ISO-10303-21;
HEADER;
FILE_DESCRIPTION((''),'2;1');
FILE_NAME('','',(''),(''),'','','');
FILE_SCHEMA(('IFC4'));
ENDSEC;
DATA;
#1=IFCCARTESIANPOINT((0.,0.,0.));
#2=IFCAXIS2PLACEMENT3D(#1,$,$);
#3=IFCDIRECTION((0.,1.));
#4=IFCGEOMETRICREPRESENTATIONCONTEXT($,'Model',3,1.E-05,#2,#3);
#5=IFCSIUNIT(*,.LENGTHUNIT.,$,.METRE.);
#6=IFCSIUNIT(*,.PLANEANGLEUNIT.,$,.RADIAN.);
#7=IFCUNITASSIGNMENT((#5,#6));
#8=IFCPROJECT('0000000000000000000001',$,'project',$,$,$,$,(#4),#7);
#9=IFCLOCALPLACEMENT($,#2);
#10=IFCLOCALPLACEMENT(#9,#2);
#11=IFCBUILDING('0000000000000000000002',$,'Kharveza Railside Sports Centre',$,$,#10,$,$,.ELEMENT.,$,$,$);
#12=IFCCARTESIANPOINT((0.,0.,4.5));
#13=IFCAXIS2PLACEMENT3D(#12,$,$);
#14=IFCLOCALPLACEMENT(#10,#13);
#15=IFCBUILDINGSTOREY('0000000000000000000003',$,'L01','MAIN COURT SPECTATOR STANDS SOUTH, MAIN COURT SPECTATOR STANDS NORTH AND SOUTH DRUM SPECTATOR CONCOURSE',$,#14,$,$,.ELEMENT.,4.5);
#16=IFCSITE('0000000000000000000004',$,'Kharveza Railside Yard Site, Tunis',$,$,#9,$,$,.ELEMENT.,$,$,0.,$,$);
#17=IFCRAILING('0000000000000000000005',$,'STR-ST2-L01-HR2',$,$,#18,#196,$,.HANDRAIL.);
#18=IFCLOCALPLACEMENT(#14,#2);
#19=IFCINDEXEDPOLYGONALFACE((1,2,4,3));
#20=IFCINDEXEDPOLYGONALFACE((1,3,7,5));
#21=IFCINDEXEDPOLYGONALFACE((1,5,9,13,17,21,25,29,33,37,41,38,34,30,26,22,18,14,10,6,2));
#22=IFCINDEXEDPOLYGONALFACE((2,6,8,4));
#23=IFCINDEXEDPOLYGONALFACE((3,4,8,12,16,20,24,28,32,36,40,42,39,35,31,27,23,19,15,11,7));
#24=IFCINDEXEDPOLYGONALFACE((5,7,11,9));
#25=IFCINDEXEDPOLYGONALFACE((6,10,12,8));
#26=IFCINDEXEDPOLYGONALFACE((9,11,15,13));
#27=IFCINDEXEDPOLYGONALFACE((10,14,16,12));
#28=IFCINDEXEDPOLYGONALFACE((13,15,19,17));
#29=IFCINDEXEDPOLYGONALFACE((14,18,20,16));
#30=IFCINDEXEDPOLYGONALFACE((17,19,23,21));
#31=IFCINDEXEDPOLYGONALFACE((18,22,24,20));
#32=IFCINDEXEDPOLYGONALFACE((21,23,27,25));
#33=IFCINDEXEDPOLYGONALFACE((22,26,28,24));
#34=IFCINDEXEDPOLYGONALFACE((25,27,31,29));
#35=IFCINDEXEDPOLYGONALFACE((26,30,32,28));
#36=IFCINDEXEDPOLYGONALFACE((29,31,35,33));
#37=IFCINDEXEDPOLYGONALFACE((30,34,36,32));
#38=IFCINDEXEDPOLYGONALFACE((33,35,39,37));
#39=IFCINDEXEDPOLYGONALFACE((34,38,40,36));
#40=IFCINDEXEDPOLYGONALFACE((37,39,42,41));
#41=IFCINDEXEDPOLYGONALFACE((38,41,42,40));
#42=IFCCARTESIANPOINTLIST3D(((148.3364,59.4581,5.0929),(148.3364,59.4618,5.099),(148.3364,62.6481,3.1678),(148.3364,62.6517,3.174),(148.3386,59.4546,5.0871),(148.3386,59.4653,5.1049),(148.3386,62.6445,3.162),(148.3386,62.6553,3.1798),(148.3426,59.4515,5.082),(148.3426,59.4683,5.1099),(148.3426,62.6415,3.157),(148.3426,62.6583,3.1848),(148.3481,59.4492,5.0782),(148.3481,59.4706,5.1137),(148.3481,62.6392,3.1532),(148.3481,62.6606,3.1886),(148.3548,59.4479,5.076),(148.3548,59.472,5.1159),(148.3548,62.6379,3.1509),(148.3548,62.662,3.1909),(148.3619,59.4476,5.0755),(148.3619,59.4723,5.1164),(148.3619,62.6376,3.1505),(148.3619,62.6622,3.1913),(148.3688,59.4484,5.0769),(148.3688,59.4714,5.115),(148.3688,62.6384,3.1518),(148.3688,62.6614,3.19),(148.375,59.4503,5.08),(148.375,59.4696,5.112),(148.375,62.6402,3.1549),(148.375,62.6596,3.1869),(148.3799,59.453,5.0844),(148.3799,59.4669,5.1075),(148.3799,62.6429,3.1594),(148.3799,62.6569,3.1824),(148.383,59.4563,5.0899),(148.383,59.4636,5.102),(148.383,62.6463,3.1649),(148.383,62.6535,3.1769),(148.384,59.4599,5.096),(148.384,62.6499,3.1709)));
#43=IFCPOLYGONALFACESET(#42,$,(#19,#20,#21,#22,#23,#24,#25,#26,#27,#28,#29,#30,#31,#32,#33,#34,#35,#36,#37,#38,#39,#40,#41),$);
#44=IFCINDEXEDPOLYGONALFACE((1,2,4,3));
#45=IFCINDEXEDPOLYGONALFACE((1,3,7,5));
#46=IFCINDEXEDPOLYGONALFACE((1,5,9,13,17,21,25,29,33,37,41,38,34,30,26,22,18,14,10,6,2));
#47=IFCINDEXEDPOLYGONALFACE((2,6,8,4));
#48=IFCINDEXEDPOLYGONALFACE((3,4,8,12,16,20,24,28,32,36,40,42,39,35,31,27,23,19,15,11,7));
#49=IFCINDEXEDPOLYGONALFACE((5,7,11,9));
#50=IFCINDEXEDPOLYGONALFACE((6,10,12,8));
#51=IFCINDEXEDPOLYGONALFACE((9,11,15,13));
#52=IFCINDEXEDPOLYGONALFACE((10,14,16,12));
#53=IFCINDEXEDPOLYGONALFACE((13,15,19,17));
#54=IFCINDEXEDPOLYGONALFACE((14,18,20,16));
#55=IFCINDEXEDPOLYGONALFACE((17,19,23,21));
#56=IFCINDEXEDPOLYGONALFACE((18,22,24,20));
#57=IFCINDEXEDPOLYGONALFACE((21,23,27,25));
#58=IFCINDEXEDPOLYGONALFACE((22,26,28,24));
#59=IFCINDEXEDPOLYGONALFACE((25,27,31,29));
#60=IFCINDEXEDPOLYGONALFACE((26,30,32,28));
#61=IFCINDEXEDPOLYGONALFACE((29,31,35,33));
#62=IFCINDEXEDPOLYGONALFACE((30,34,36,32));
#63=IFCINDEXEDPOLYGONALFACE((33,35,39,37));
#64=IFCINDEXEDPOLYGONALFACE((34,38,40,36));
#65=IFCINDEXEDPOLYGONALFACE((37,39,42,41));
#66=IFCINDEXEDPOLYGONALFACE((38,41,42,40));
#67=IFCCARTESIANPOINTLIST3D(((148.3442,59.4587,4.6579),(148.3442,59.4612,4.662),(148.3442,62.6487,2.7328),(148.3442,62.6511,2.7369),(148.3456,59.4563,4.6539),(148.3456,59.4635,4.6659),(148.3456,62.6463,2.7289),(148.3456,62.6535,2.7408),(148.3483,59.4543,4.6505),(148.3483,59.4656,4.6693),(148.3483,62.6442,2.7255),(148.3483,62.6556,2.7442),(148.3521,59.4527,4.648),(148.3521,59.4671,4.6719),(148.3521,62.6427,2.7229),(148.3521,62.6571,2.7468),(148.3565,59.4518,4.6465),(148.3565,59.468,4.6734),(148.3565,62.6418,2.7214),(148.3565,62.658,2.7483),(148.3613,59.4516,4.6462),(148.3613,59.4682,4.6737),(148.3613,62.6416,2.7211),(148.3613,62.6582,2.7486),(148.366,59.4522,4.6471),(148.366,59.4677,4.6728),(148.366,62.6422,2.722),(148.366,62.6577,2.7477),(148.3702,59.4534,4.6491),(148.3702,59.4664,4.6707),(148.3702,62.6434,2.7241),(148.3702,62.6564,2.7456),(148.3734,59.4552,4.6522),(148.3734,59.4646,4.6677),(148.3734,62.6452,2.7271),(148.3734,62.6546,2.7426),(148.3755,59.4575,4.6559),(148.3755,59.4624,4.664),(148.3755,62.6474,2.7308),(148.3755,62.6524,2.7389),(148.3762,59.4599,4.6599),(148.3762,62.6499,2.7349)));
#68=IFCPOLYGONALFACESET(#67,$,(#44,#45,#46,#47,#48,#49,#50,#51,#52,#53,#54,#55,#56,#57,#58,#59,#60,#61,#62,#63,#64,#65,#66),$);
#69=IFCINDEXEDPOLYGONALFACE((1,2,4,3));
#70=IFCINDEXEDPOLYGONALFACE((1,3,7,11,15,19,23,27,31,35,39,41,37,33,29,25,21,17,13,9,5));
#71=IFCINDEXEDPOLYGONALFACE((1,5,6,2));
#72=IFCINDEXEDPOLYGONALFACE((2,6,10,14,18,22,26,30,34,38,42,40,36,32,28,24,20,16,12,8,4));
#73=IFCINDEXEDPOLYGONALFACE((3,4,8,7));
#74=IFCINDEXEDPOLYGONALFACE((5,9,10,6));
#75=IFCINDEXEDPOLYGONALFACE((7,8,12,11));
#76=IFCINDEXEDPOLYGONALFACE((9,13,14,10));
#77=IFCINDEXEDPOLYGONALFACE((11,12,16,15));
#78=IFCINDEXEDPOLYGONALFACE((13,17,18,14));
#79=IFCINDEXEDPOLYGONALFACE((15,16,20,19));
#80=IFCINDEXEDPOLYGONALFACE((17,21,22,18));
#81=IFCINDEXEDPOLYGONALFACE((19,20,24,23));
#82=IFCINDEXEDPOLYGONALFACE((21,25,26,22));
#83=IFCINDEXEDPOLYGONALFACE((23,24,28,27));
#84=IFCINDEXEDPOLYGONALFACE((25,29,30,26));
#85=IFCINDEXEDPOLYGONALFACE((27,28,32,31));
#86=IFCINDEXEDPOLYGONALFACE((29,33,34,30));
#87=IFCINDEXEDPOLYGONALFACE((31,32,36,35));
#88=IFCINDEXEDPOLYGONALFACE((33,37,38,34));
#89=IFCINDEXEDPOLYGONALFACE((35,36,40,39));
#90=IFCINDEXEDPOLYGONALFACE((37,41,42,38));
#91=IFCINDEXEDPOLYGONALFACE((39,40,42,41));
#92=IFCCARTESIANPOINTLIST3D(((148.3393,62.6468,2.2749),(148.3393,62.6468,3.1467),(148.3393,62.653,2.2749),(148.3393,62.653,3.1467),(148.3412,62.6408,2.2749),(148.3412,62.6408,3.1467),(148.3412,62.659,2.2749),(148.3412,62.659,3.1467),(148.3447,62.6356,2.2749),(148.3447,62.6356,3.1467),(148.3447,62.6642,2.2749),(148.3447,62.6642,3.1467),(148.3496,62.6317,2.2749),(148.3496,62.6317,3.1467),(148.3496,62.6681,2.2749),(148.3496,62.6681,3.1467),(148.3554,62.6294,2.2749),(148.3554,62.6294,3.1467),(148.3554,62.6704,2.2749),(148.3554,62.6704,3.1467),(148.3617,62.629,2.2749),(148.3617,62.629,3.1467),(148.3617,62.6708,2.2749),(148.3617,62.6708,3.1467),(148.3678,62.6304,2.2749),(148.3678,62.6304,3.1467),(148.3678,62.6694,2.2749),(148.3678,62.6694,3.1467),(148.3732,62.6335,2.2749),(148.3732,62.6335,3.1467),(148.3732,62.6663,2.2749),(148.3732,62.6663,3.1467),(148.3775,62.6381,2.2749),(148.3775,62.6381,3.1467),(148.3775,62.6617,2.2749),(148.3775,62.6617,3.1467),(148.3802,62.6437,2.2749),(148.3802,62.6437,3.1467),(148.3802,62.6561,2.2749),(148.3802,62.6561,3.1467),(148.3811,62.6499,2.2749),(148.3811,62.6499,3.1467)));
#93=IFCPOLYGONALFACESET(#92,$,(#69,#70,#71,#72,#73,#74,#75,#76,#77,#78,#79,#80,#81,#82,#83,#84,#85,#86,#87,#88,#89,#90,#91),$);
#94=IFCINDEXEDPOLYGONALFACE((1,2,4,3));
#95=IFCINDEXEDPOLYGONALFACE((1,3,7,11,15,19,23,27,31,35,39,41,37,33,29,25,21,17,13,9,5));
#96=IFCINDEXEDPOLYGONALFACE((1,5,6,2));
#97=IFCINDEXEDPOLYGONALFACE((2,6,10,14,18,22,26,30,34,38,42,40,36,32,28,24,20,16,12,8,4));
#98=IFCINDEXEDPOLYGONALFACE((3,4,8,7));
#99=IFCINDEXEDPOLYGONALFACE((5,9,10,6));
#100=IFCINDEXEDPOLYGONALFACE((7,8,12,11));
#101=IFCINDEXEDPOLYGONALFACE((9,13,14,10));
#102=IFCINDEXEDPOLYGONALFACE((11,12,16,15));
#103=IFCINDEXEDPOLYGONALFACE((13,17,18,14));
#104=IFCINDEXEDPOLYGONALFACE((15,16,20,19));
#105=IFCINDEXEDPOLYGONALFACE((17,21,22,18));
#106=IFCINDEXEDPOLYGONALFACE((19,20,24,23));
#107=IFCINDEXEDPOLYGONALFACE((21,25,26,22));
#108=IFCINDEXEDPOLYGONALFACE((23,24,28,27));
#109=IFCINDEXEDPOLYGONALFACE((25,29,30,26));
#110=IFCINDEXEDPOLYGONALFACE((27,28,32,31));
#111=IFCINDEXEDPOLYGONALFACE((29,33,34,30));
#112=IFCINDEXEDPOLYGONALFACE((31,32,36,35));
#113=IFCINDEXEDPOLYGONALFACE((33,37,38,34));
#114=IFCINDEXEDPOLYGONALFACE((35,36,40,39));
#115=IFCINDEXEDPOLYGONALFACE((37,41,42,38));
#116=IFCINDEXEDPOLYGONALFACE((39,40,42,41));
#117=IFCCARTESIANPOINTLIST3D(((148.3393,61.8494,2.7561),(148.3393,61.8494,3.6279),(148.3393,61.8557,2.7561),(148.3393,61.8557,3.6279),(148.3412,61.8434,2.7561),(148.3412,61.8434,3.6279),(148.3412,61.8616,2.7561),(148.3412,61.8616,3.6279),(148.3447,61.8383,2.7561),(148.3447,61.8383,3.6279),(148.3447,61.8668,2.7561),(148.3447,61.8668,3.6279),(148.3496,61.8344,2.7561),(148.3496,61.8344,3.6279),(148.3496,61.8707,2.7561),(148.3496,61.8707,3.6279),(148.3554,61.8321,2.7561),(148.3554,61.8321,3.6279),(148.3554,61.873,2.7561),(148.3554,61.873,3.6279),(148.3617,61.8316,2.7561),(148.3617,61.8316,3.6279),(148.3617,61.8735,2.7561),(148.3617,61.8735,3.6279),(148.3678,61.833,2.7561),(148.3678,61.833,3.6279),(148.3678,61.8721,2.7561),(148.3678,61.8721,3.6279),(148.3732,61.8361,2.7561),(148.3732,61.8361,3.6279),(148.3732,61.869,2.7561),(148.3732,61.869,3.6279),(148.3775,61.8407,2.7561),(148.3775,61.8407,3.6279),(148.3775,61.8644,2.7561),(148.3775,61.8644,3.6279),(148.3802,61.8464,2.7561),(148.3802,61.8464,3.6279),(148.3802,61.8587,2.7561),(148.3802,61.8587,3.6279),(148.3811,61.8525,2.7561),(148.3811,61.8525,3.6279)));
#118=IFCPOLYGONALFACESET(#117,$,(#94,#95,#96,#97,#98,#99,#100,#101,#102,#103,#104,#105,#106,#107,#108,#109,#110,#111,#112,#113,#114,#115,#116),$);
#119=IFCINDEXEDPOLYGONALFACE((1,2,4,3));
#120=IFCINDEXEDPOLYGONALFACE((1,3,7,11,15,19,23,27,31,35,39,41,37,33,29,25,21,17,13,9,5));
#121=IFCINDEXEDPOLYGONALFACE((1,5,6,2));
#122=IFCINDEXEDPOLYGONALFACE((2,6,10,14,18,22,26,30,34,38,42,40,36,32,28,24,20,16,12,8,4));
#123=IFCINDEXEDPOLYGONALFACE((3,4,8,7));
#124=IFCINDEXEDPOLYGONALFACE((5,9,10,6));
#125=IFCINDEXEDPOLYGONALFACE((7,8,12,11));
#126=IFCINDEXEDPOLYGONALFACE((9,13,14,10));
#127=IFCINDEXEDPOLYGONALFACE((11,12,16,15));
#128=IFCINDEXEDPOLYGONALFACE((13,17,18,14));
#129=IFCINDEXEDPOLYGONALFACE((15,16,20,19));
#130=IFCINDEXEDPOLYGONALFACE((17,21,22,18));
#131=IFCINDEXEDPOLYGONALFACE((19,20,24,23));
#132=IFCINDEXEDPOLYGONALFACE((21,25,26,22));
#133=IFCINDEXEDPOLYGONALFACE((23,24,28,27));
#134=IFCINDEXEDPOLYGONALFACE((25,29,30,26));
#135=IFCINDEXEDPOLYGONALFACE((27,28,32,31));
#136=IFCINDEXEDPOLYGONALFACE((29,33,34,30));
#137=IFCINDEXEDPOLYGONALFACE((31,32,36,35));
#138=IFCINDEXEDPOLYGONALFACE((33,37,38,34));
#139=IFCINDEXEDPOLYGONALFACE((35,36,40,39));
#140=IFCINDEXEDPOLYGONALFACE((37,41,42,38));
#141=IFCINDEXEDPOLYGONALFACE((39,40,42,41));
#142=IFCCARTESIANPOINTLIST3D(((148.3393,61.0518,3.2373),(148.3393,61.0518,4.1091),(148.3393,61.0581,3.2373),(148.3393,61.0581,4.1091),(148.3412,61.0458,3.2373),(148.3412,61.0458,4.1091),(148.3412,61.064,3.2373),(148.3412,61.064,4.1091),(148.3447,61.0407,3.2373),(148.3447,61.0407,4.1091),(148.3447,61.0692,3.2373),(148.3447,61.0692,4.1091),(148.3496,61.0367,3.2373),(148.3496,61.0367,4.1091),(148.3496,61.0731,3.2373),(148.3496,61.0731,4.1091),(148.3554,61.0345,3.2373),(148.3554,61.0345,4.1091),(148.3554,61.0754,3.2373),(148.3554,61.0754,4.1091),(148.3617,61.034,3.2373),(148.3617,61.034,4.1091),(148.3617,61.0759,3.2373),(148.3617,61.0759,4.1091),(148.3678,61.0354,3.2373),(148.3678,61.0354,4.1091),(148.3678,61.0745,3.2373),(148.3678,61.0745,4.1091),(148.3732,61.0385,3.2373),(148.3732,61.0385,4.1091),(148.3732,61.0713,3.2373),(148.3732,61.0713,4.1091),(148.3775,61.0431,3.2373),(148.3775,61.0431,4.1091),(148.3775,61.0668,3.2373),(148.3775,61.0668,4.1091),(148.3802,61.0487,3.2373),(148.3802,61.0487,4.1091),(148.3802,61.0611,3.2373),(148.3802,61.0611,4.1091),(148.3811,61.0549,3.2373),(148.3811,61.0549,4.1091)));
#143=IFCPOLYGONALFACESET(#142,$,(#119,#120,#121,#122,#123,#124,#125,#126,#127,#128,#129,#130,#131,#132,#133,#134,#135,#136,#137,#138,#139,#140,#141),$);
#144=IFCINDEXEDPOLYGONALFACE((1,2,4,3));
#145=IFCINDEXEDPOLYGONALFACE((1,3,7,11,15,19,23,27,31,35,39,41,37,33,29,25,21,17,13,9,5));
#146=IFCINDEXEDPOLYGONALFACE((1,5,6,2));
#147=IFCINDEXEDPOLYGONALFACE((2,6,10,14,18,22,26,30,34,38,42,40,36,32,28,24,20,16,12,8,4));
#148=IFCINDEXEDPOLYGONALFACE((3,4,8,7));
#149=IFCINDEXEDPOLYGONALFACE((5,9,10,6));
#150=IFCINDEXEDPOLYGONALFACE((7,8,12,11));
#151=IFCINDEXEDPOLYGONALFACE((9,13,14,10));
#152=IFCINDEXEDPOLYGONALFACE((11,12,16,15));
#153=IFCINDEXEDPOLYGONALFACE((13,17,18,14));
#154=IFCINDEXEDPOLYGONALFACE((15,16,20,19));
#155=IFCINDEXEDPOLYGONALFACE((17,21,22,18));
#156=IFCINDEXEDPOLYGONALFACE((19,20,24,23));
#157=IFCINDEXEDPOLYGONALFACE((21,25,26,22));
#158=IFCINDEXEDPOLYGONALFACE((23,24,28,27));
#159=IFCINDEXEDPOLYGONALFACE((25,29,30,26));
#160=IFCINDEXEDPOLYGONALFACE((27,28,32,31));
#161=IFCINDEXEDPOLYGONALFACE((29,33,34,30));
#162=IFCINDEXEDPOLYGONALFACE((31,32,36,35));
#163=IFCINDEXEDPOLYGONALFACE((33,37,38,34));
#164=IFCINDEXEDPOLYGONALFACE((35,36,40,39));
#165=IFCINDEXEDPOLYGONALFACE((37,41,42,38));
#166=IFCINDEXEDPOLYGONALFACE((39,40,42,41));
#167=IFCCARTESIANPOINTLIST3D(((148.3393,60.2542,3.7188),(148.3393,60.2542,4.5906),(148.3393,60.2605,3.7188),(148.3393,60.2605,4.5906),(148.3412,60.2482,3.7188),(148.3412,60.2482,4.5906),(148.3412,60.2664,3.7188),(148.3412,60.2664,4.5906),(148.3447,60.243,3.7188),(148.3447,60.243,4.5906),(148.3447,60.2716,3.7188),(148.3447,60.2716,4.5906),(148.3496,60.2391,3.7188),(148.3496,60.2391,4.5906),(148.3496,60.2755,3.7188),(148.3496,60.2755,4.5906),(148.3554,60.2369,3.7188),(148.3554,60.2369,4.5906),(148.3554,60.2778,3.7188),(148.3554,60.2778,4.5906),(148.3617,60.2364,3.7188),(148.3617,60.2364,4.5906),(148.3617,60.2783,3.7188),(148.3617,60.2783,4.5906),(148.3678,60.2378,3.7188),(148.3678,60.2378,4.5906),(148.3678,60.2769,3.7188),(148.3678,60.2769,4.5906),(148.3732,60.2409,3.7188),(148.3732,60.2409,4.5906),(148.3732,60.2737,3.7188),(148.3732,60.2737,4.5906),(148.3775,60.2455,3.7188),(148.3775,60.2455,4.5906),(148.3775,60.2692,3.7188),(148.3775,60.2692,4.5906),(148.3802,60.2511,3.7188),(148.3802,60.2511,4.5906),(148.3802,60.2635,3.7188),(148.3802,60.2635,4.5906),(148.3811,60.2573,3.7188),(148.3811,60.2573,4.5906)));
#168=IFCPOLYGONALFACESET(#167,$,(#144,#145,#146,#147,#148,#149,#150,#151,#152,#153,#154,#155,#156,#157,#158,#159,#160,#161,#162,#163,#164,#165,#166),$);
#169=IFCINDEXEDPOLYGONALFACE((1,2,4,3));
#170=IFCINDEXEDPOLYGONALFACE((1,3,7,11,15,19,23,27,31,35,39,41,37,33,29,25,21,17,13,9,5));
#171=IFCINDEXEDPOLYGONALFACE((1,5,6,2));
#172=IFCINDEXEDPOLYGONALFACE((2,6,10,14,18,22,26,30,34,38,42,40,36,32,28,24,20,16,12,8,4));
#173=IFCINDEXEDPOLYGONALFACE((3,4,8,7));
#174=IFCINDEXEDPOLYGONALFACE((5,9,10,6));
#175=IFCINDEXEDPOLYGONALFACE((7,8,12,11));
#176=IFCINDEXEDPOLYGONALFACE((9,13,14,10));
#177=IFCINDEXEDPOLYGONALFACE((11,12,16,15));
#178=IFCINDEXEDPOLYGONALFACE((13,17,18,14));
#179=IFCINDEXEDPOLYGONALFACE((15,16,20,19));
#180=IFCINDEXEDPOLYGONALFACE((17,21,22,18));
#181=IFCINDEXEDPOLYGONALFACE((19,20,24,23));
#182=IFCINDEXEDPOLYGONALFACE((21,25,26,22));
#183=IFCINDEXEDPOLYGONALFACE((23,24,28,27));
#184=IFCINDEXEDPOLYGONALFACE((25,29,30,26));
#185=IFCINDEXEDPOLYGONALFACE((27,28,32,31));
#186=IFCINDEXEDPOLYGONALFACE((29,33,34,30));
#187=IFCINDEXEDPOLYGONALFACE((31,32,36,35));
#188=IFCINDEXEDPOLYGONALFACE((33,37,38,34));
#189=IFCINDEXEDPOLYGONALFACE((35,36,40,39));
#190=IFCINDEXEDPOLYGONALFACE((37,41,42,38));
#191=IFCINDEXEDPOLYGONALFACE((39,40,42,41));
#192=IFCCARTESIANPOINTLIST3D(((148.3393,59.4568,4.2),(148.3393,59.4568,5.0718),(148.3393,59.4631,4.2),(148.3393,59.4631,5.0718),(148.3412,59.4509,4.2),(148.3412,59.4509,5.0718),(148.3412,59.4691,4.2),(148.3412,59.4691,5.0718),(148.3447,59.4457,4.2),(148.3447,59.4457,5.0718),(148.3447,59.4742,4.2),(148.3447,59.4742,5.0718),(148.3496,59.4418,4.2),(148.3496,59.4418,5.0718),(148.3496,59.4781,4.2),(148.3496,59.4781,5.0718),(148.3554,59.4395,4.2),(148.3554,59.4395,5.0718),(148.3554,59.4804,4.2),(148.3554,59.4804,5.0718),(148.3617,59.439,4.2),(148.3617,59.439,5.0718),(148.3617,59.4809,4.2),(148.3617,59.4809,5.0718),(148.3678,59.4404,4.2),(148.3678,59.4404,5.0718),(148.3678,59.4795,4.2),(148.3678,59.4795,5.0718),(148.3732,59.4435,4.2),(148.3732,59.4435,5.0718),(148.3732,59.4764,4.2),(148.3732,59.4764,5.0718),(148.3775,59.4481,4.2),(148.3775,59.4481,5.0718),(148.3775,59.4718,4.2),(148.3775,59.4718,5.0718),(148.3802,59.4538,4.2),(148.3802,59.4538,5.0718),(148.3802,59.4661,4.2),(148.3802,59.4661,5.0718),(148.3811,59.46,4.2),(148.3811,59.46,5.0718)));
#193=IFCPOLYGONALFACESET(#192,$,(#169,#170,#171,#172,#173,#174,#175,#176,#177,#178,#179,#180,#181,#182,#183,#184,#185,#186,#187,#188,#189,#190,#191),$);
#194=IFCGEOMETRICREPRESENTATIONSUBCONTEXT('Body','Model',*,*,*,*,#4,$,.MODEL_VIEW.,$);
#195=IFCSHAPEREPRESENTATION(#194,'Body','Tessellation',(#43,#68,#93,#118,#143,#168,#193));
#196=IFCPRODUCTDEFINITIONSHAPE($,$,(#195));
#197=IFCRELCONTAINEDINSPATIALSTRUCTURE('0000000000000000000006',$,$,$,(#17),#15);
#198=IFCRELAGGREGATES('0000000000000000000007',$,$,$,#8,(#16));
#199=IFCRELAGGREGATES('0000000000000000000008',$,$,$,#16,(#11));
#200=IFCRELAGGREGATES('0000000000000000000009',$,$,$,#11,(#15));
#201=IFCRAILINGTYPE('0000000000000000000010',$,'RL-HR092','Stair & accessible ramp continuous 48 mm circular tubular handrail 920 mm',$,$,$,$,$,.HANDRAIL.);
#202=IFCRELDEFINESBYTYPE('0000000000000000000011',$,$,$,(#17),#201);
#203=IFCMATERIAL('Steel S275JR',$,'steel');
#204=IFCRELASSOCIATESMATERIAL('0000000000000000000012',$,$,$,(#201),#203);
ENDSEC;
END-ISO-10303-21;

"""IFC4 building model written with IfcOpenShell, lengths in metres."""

from ifc_helpers import new_model, si_unit, direction, frame, origin, origin_2d, place, context, subcontext, project, spatial, circle, extrude, material, type_object, element, save


model = new_model("IFC4")

# Units and contexts
model_context = context("Model", 3, precision=1e-05, world=origin(), true_north=direction((0.0, 1.0)))
body_context = subcontext(model_context, "Body", "Model", "MODEL_VIEW")
ifc_project = project(units=[si_unit("LENGTHUNIT", "METRE"), si_unit("PLANEANGLEUNIT", "RADIAN")], contexts=[model_context])

# Site, building, storey
site_placement = place(None, origin())
site = spatial("IfcSite", under=ifc_project, at=site_placement, Name="Kharveza Railside Yard Site, Tunis", CompositionType="ELEMENT", RefElevation=0.0)
building_placement = place(site_placement, origin())
building = spatial("IfcBuilding", under=site, at=building_placement, Name="Kharveza Railside Sports Centre", CompositionType="ELEMENT")
storey_placement = place(building_placement, frame((0.0, 0.0, 4.5)))
storey = spatial("IfcBuildingStorey", under=building, at=storey_placement, Name="L01", Description="MAIN COURT SPECTATOR STANDS SOUTH, MAIN COURT SPECTATOR STANDS NORTH AND SOUTH DRUM SPECTATOR CONCOURSE", CompositionType="ELEMENT", Elevation=4.5)

# Railing
ifc_material_1 = material(Name="Steel S275JR", Category="steel")
railing_type_1 = type_object("IfcRailingType", Name="RL-HR092", Description="Stair & accessible ramp continuous 48 mm circular tubular handrail 920 mm", PredefinedType="HANDRAIL", material=ifc_material_1)
railing_1_placement = place(storey_placement, frame((148.3601, 62.6499, 2.2749)))
element("IfcRailing", 1, at=railing_1_placement, inside=storey, type_object=railing_type_1, Name="STR-ST2-L01-HR2", PredefinedType="HANDRAIL", context=body_context, shape_type="SweptSolid", body=[
    extrude(circle(Radius=0.0239, at=origin_2d()), frame((0.0, 0.0, 0.896), z_axis=(0.0, -0.856178, 0.516682), x_axis=(1.0, 0.0, 0.0)), (0.0, 0.0, 1.0), 3.7258),
    extrude(circle(Radius=0.0161, at=origin_2d()), frame((0.0, 0.0, 0.46), z_axis=(0.0, -0.856178, 0.516682), x_axis=(1.0, 0.0, 0.0)), (0.0, 0.0, 1.0), 3.7258),
    extrude(circle(Radius=0.021, at=origin_2d()), origin(), (0.0, 0.0, 1.0), 0.8718),
    extrude(circle(Radius=0.021, at=origin_2d()), frame((0.0, -0.7974, 0.4812)), (0.0, 0.0, 1.0), 0.8718),
    extrude(circle(Radius=0.021, at=origin_2d()), frame((0.0, -1.595, 0.9624)), (0.0, 0.0, 1.0), 0.8718),
    extrude(circle(Radius=0.021, at=origin_2d()), frame((0.0, -2.3926, 1.4438)), (0.0, 0.0, 1.0), 0.8718),
    extrude(circle(Radius=0.021, at=origin_2d()), frame((0.0, -3.1899, 1.925)), (0.0, 0.0, 1.0), 0.8718),
])

save(model, "model.ifc")
